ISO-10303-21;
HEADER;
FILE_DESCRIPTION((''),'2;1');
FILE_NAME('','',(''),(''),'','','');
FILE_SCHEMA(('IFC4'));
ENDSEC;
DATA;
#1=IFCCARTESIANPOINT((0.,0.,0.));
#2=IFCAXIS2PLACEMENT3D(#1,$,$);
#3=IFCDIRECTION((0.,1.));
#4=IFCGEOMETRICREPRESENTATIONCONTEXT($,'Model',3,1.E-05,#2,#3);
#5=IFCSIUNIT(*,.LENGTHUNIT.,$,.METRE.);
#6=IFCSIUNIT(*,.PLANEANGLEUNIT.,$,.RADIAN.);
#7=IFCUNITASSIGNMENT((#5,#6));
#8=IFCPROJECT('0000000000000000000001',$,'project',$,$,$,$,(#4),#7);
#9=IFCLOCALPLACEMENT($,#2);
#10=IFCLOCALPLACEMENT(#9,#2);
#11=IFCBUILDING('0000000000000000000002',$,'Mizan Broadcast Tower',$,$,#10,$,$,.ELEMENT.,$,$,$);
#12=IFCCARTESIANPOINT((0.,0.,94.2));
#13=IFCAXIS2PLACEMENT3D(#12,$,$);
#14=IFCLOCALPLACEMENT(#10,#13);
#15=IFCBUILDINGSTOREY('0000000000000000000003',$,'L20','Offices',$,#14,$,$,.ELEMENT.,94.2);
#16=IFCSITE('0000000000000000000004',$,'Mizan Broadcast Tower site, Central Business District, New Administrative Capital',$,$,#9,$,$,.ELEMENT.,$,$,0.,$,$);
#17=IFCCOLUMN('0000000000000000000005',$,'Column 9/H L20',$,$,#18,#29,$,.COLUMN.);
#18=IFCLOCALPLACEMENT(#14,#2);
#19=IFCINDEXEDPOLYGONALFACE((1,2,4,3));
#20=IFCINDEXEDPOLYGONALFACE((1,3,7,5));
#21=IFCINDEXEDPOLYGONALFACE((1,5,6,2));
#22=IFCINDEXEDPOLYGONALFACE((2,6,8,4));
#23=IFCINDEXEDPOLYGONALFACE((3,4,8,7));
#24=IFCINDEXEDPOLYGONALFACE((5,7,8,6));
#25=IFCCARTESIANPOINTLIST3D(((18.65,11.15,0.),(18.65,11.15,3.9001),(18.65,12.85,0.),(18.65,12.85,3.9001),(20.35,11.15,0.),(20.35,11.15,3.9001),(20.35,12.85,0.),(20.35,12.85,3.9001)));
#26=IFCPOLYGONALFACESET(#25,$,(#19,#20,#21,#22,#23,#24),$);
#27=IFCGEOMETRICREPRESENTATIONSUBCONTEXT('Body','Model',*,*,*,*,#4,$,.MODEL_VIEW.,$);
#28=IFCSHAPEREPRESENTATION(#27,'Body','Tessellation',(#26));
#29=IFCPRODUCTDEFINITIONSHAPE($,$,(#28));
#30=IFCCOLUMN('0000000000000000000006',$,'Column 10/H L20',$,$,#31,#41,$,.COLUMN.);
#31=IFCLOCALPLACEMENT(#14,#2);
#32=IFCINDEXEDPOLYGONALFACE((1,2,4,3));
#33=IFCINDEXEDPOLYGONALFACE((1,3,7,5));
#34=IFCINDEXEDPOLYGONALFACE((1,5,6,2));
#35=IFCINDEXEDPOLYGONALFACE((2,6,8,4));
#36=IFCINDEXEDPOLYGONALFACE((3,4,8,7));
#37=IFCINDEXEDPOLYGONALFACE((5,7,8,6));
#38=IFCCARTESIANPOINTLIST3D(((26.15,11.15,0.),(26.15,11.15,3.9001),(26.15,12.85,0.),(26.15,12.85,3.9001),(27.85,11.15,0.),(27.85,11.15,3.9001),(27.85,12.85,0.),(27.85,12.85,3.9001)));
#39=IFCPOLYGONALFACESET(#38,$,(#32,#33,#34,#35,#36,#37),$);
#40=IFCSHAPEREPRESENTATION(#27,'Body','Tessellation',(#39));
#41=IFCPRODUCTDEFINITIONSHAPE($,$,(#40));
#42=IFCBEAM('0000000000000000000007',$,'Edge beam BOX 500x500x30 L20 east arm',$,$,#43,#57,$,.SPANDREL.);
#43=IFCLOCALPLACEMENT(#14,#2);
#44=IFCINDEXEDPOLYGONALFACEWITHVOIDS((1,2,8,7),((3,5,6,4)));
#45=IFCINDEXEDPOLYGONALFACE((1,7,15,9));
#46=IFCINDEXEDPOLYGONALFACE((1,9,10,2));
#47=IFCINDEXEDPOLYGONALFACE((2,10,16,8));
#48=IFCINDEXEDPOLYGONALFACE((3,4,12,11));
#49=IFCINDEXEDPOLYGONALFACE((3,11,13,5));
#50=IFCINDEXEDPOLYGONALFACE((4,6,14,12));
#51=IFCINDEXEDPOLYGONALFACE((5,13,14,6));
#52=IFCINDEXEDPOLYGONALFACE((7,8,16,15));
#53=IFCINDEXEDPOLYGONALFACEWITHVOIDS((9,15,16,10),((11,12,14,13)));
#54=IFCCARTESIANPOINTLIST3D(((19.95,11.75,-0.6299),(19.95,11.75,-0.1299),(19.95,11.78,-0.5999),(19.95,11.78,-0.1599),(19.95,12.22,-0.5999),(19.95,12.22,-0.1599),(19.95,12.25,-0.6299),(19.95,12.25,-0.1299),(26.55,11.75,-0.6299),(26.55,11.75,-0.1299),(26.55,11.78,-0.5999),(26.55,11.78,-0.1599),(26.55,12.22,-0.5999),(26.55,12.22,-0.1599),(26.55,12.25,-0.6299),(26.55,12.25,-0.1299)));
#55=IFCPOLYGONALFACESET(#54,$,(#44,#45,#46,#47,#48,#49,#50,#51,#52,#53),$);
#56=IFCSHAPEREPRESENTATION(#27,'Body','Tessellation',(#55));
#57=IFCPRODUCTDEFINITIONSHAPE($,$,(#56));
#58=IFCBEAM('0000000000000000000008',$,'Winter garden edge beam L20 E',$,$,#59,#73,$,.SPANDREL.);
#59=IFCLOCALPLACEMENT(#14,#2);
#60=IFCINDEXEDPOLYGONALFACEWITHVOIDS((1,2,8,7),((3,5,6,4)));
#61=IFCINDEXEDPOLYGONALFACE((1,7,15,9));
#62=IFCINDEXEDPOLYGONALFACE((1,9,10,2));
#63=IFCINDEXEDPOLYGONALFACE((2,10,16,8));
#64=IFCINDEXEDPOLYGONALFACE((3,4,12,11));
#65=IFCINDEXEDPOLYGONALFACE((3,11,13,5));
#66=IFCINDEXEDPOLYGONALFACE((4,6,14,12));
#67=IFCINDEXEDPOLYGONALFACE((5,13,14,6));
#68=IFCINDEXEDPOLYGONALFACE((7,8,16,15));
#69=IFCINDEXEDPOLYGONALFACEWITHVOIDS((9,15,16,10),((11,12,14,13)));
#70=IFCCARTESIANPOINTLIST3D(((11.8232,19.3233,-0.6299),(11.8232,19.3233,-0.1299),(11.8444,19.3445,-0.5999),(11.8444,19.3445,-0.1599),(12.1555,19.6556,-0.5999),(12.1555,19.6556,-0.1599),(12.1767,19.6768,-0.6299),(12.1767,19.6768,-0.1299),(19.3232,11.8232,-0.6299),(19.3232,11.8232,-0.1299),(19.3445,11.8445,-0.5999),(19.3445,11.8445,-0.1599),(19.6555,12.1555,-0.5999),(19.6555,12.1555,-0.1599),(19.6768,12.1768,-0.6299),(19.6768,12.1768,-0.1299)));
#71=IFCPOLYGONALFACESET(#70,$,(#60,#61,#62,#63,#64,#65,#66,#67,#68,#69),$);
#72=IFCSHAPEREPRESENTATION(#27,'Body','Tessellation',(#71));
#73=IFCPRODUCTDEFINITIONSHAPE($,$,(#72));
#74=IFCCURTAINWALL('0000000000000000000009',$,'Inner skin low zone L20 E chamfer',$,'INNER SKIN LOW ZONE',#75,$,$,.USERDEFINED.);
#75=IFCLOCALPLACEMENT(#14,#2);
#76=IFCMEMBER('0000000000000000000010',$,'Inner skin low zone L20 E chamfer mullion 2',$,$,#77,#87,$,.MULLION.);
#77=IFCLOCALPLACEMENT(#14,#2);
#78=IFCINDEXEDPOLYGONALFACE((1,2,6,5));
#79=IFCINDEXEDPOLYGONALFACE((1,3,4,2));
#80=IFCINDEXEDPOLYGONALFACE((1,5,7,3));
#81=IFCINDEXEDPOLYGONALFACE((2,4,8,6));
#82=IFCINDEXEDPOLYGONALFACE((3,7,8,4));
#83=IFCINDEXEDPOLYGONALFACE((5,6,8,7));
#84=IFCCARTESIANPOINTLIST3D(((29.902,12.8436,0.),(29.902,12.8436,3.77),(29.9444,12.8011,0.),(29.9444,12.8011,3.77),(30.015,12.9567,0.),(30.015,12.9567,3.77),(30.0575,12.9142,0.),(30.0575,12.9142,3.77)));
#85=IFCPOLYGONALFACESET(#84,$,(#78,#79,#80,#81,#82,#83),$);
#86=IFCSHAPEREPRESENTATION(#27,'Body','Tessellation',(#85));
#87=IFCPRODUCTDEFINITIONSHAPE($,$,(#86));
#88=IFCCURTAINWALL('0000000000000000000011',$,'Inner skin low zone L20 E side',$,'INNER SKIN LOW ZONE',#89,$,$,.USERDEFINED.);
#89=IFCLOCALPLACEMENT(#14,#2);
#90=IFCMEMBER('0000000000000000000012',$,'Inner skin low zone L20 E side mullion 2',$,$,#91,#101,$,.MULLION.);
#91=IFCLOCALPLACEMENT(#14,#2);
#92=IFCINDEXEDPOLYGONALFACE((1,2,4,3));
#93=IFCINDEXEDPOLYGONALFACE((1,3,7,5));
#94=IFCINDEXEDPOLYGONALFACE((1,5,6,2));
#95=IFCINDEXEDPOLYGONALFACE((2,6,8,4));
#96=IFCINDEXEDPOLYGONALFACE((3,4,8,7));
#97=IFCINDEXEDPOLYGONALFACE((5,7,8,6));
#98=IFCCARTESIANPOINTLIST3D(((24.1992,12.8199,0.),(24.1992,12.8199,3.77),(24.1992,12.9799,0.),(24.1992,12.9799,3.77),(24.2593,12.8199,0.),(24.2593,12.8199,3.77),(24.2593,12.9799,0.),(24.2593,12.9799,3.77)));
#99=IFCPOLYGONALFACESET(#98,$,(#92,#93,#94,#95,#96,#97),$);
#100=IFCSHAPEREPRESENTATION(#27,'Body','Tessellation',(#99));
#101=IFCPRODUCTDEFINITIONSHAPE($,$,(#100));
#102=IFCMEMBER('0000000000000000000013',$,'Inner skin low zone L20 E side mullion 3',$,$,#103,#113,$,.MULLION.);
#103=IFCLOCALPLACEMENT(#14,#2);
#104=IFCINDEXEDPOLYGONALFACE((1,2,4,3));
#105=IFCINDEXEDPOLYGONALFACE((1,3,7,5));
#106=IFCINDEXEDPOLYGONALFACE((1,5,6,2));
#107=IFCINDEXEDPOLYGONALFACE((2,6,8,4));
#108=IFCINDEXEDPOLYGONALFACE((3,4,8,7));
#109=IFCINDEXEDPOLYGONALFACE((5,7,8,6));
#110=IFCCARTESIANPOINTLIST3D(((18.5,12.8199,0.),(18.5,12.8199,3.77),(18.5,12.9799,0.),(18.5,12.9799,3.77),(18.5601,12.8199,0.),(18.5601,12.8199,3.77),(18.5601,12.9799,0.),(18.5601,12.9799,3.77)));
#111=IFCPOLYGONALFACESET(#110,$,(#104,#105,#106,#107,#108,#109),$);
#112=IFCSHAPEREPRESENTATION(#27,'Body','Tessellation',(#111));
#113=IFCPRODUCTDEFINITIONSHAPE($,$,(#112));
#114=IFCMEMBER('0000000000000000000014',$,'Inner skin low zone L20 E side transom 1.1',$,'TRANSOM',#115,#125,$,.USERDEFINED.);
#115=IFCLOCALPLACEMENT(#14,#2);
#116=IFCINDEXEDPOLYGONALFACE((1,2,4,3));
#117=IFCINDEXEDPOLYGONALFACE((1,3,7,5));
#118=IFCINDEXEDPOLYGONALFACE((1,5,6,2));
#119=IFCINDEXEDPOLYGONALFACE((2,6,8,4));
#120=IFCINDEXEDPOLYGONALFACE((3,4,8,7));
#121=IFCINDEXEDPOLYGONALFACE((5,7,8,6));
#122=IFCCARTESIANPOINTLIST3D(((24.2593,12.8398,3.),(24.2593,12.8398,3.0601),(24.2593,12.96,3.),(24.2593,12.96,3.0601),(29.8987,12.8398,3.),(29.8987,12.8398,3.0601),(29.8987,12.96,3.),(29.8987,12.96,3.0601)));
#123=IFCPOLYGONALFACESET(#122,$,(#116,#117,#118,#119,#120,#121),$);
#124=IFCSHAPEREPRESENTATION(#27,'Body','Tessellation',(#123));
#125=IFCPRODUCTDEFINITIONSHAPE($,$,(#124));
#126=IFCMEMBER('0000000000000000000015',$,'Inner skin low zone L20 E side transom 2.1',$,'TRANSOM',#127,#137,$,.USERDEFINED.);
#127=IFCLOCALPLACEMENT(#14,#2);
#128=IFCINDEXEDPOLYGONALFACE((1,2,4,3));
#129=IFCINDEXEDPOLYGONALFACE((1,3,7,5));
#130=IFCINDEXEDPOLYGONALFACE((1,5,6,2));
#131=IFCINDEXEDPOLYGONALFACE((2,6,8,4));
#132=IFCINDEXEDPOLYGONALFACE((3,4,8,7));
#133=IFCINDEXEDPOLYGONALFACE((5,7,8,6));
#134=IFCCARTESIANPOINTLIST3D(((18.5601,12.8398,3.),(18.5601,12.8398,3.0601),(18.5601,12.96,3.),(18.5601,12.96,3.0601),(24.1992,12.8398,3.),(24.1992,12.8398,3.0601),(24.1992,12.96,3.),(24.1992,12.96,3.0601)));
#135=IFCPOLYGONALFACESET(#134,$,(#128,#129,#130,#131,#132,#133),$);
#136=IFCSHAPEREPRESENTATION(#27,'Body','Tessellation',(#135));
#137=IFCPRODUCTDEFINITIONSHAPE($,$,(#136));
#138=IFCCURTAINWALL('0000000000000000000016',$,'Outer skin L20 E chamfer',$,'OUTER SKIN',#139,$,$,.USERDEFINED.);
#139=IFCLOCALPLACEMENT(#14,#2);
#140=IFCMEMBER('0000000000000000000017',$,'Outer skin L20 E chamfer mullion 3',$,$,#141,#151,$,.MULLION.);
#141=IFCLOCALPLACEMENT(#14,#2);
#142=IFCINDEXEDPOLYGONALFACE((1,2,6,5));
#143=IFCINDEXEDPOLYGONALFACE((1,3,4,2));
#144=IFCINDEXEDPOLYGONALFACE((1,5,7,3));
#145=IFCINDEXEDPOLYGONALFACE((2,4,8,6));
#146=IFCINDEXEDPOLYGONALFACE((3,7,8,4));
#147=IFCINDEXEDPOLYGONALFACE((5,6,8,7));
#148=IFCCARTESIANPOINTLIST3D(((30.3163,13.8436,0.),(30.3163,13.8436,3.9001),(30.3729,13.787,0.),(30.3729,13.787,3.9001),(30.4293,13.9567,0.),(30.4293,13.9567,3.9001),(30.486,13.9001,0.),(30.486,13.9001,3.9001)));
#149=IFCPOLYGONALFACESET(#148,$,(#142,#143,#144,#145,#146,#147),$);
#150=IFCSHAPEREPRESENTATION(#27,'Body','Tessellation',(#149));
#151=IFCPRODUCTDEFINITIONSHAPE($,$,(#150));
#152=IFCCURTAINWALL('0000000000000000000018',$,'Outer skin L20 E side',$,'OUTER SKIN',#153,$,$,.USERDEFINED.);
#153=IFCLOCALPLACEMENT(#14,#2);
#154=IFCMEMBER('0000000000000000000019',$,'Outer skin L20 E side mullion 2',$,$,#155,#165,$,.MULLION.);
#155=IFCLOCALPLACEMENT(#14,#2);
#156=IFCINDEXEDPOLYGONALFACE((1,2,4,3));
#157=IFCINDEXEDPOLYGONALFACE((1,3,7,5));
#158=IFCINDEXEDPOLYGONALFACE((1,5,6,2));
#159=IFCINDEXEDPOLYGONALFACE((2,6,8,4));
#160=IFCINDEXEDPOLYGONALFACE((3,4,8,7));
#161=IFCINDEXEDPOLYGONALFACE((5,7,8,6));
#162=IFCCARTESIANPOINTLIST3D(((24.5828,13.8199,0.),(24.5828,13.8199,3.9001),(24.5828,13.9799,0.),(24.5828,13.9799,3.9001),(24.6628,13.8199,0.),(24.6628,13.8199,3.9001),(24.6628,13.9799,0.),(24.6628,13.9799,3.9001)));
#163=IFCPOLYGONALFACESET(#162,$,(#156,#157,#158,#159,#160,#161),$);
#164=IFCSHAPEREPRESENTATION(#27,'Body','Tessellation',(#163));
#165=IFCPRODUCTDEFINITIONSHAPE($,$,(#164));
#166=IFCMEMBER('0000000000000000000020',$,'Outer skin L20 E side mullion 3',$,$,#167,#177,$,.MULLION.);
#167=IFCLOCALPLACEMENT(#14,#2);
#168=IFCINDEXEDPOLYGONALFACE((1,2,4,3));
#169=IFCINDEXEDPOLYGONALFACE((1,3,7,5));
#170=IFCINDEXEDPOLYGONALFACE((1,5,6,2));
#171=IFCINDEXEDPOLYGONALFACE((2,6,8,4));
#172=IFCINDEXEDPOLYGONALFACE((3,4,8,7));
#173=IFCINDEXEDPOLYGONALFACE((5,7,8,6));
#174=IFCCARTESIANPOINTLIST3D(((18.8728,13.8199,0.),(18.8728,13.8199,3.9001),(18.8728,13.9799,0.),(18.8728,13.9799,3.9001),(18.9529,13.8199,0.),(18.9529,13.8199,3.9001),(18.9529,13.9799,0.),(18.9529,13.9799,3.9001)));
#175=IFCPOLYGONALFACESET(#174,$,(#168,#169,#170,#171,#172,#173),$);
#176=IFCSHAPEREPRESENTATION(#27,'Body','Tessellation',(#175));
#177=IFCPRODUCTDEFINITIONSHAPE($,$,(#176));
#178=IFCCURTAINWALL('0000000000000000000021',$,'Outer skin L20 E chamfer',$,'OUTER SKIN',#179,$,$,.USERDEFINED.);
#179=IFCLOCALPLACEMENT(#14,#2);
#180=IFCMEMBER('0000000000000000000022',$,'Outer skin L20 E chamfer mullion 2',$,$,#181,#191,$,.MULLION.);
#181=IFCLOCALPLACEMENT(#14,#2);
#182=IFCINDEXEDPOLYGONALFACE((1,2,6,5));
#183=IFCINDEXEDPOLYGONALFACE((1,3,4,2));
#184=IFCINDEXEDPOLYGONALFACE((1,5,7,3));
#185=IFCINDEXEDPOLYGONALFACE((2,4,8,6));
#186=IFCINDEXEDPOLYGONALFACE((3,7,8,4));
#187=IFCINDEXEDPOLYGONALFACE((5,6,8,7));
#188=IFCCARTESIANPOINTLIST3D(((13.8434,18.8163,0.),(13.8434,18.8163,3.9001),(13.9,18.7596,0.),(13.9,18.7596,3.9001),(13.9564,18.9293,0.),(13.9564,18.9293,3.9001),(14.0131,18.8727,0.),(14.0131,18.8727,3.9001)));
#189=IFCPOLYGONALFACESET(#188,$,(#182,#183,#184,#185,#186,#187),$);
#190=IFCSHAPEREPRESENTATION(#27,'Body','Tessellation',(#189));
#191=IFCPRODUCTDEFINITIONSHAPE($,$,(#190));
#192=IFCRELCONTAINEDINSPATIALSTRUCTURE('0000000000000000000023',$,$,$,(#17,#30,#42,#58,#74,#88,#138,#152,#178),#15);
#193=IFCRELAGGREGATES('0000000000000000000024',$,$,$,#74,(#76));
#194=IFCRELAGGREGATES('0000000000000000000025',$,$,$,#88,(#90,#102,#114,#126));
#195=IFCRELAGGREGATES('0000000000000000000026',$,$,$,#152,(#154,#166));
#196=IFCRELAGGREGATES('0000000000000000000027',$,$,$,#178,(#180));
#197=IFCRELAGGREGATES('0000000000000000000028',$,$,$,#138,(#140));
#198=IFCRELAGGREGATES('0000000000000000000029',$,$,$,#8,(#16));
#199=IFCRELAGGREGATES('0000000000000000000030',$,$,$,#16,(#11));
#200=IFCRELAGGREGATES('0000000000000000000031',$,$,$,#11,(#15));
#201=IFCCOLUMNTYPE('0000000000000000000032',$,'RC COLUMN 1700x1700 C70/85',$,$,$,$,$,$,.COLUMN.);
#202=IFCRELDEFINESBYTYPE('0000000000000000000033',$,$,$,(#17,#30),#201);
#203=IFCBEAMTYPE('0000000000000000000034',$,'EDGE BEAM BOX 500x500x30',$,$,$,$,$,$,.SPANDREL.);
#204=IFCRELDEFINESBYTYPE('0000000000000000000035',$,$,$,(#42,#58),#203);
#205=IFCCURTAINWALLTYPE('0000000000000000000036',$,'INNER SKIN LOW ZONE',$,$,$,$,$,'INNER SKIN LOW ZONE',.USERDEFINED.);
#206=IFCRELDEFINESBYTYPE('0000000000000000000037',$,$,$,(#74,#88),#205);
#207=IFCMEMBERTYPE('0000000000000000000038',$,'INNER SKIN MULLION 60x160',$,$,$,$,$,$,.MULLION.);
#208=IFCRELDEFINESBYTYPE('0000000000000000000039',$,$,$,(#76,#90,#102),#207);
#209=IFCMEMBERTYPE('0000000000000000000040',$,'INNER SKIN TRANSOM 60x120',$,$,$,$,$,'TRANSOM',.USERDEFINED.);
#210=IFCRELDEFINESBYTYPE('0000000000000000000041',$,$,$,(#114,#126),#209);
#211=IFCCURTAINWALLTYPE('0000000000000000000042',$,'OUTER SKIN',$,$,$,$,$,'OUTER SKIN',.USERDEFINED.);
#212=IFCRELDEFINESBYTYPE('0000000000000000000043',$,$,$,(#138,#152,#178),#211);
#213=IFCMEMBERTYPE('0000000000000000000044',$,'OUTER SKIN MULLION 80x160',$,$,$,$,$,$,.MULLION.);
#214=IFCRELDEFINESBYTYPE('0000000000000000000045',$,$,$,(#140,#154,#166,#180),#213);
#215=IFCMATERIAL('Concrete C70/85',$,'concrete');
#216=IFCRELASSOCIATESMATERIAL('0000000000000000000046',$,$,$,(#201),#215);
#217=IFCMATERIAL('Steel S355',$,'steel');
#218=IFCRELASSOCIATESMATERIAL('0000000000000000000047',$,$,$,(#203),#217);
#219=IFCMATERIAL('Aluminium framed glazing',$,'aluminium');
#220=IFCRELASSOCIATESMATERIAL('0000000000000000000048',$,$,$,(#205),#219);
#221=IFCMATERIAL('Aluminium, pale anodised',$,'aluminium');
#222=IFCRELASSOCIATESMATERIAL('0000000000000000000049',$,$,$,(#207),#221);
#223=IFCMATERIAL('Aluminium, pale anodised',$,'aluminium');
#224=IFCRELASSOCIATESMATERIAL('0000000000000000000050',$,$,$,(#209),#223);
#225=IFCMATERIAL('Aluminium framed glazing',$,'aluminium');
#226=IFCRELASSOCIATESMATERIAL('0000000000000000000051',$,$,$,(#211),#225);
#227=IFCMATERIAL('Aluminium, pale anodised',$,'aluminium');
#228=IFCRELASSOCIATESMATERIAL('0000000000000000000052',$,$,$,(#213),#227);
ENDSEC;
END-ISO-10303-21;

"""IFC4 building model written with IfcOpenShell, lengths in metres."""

from ifc_helpers import new_model, si_unit, direction, frame, origin, origin_2d, place, context, subcontext, project, spatial, rectangle, hollow_rectangle, extrude, material, material_profile, profile_set, type_object, element, aggregate, save


model = new_model("IFC4")

# Units and contexts
model_context = context("Model", 3, precision=1e-05, world=origin(), true_north=direction((0.0, 1.0)))
body_context = subcontext(model_context, "Body", "Model", "MODEL_VIEW")
ifc_project = project(units=[si_unit("LENGTHUNIT", "METRE"), si_unit("PLANEANGLEUNIT", "RADIAN")], contexts=[model_context])

# Site, building, storey
site_placement = place(None, origin())
site = spatial("IfcSite", under=ifc_project, at=site_placement, Name="Mizan Broadcast Tower site, Central Business District, New Administrative Capital", CompositionType="ELEMENT", RefElevation=0.0)
building_placement = place(site_placement, origin())
building = spatial("IfcBuilding", under=site, at=building_placement, Name="Mizan Broadcast Tower", CompositionType="ELEMENT")
storey_placement = place(building_placement, frame((0.0, 0.0, 94.2)))
storey = spatial("IfcBuildingStorey", under=building, at=storey_placement, Name="L20", Description="Offices", CompositionType="ELEMENT", Elevation=94.2)

# Columns
ifc_material_1 = material(Name="Concrete C70/85", Category="concrete")
ifc_material_profile_1 = material_profile(ifc_material_1, rectangle(XDim=1.7, YDim=1.7, at=origin_2d()), Name="RC 1700x1700")
ifc_profile_set_1 = profile_set([ifc_material_profile_1], Name="Concrete C70/85")
column_type = type_object("IfcColumnType", Name="RC COLUMN 1700x1700 C70/85", PredefinedType="COLUMN", material=ifc_profile_set_1)
for number, where, z_axis, x_axis, name in (
    (1, (19.5, 12.0, 0.0), (0.0, 0.0, 1.0), (1.0, 0.0, 0.0), "Column 9/H L20"),
    (2, (27.0, 12.0, 0.0), (0.0, 0.0, 1.0), (1.0, 0.0, 0.0), "Column 10/H L20"),
):
    element("IfcColumn", number, at=place(storey_placement, frame(where, z_axis=z_axis, x_axis=x_axis)), inside=storey, type_object=column_type, Name=name, PredefinedType="COLUMN", context=body_context, shape_type="SweptSolid", body=[
        extrude(rectangle(XDim=1.7, YDim=1.7, at=origin_2d()), origin(), (0.0, 0.0, 1.0), 3.9001),
    ])

# Beams
ifc_material_2 = material(Name="Steel S355", Category="steel")
ifc_material_profile_2 = material_profile(ifc_material_2, hollow_rectangle(XDim=0.5, YDim=0.5, WallThickness=0.03, at=origin_2d()), Name="BOX 500x500x30")
ifc_profile_set_2 = profile_set([ifc_material_profile_2], Name="Steel S355")
beam_type_1 = type_object("IfcBeamType", Name="EDGE BEAM BOX 500x500x30", PredefinedType="SPANDREL", material=ifc_profile_set_2)
beam_1_placement = place(storey_placement, frame((19.95, 12.0, -0.3799), z_axis=(1.0, 0.0, 0.0), x_axis=(0.0, 1.0, 0.0)))
element("IfcBeam", 3, at=beam_1_placement, inside=storey, type_object=beam_type_1, Name="Edge beam BOX 500x500x30 L20 east arm", PredefinedType="SPANDREL", context=body_context, shape_type="SweptSolid", body=[
    extrude(hollow_rectangle(XDim=0.5, YDim=0.5, WallThickness=0.03, at=origin_2d()), origin(), (0.0, 0.0, 1.0), 6.6001),
])
beam_2_placement = place(storey_placement, frame((19.5, 12.0, -0.3799), z_axis=(-0.707107, 0.707107, 0.0), x_axis=(-0.707107, -0.707107, 0.0)))
element("IfcBeam", 4, at=beam_2_placement, inside=storey, type_object=beam_type_1, Name="Winter garden edge beam L20 E", PredefinedType="SPANDREL", context=body_context, shape_type="SweptSolid", body=[
    extrude(hollow_rectangle(XDim=0.5, YDim=0.5, WallThickness=0.03, at=origin_2d()), origin(), (0.0, 0.0, 1.0), 10.6067),
])

# Curtain wall, member
ifc_material_3 = material(Name="Aluminium framed glazing", Category="aluminium")
curtain_wall_type_1 = type_object("IfcCurtainWallType", Name="INNER SKIN LOW ZONE", ElementType="INNER SKIN LOW ZONE", PredefinedType="USERDEFINED", material=ifc_material_3)
curtain_wall_1_placement = place(storey_placement, origin())
curtain_wall_1 = element("IfcCurtainWall", 5, at=curtain_wall_1_placement, inside=storey, type_object=curtain_wall_type_1, Name="Inner skin low zone L20 E chamfer", ObjectType="INNER SKIN LOW ZONE", PredefinedType="USERDEFINED")
ifc_material_4 = material(Name="Aluminium, pale anodised", Category="aluminium")
ifc_material_profile_3 = material_profile(ifc_material_4, rectangle(XDim=0.1599, YDim=0.0601, at=origin_2d()), Name="MULLION 160x60")
ifc_profile_set_3 = profile_set([ifc_material_profile_3], Name="Aluminium, pale anodised")
member_type_1 = type_object("IfcMemberType", Name="INNER SKIN MULLION 60x160", PredefinedType="MULLION", material=ifc_profile_set_3)
member_1_placement = place(storey_placement, frame((29.9797, 12.8789, 0.0), z_axis=(0.0, 0.0, 1.0), x_axis=(-0.707107, -0.707107, 0.0)))
member_1 = element("IfcMember", 6, at=member_1_placement, type_object=member_type_1, Name="Inner skin low zone L20 E chamfer mullion 2", PredefinedType="MULLION", context=body_context, shape_type="SweptSolid", body=[
    extrude(rectangle(XDim=0.1599, YDim=0.0601, at=origin_2d()), origin(), (0.0, 0.0, 1.0), 3.77),
])
aggregate(curtain_wall_1, [member_1])

# Curtain wall, members
curtain_wall_2_placement = place(storey_placement, origin())
curtain_wall_2 = element("IfcCurtainWall", 7, at=curtain_wall_2_placement, inside=storey, type_object=curtain_wall_type_1, Name="Inner skin low zone L20 E side", ObjectType="INNER SKIN LOW ZONE", PredefinedType="USERDEFINED")
member_2_placement = place(storey_placement, frame((24.2292, 12.8999, 0.0), z_axis=(0.0, 0.0, 1.0), x_axis=(0.0, -1.0, 0.0)))
member_2 = element("IfcMember", 8, at=member_2_placement, type_object=member_type_1, Name="Inner skin low zone L20 E side mullion 2", PredefinedType="MULLION", context=body_context, shape_type="SweptSolid", body=[
    extrude(rectangle(XDim=0.1599, YDim=0.0601, at=origin_2d()), origin(), (0.0, 0.0, 1.0), 3.77),
])
member_3_placement = place(storey_placement, frame((18.53, 12.8999, 0.0), z_axis=(0.0, 0.0, 1.0), x_axis=(0.0, -1.0, 0.0)))
member_3 = element("IfcMember", 9, at=member_3_placement, type_object=member_type_1, Name="Inner skin low zone L20 E side mullion 3", PredefinedType="MULLION", context=body_context, shape_type="SweptSolid", body=[
    extrude(rectangle(XDim=0.1599, YDim=0.0601, at=origin_2d()), origin(), (0.0, 0.0, 1.0), 3.77),
])
ifc_material_5 = material(Name="Aluminium, pale anodised", Category="aluminium")
ifc_material_profile_4 = material_profile(ifc_material_5, rectangle(XDim=0.1201, YDim=0.0601, at=origin_2d()), Name="TRANSOM 120x60")
ifc_profile_set_4 = profile_set([ifc_material_profile_4], Name="Aluminium, pale anodised")
member_type_2 = type_object("IfcMemberType", Name="INNER SKIN TRANSOM 60x120", ElementType="TRANSOM", PredefinedType="USERDEFINED", material=ifc_profile_set_4)
member_4_placement = place(storey_placement, frame((29.8987, 12.8999, 3.03), z_axis=(-1.0, 0.0, 0.0), x_axis=(0.0, -1.0, 0.0)))
member_4 = element("IfcMember", 10, at=member_4_placement, type_object=member_type_2, Name="Inner skin low zone L20 E side transom 1.1", ObjectType="TRANSOM", PredefinedType="USERDEFINED", context=body_context, shape_type="SweptSolid", body=[
    extrude(rectangle(XDim=0.1201, YDim=0.0601, at=origin_2d()), origin(), (0.0, 0.0, 1.0), 5.6394),
])
member_5_placement = place(storey_placement, frame((24.1992, 12.8999, 3.03), z_axis=(-1.0, 0.0, 0.0), x_axis=(0.0, -1.0, 0.0)))
member_5 = element("IfcMember", 11, at=member_5_placement, type_object=member_type_2, Name="Inner skin low zone L20 E side transom 2.1", ObjectType="TRANSOM", PredefinedType="USERDEFINED", context=body_context, shape_type="SweptSolid", body=[
    extrude(rectangle(XDim=0.1201, YDim=0.0601, at=origin_2d()), origin(), (0.0, 0.0, 1.0), 5.6392),
])

# Curtain wall, member
ifc_material_6 = material(Name="Aluminium framed glazing", Category="aluminium")
curtain_wall_type_2 = type_object("IfcCurtainWallType", Name="OUTER SKIN", ElementType="OUTER SKIN", PredefinedType="USERDEFINED", material=ifc_material_6)
curtain_wall_3_placement = place(storey_placement, origin())
curtain_wall_3 = element("IfcCurtainWall", 12, at=curtain_wall_3_placement, inside=storey, type_object=curtain_wall_type_2, Name="Outer skin L20 E chamfer", ObjectType="OUTER SKIN", PredefinedType="USERDEFINED")
ifc_material_7 = material(Name="Aluminium, pale anodised", Category="aluminium")
ifc_material_profile_5 = material_profile(ifc_material_7, rectangle(XDim=0.1599, YDim=0.0801, at=origin_2d()), Name="MULLION 160x80")
ifc_profile_set_5 = profile_set([ifc_material_profile_5], Name="Aluminium, pale anodised")
member_type_3 = type_object("IfcMemberType", Name="OUTER SKIN MULLION 80x160", PredefinedType="MULLION", material=ifc_profile_set_5)
member_6_placement = place(storey_placement, frame((30.4011, 13.8718, 0.0), z_axis=(0.0, 0.0, 1.0), x_axis=(-0.707107, -0.707107, 0.0)))
member_6 = element("IfcMember", 13, at=member_6_placement, type_object=member_type_3, Name="Outer skin L20 E chamfer mullion 3", PredefinedType="MULLION", context=body_context, shape_type="SweptSolid", body=[
    extrude(rectangle(XDim=0.1599, YDim=0.0801, at=origin_2d()), origin(), (0.0, 0.0, 1.0), 3.9001),
])

# Curtain wall, members
curtain_wall_4_placement = place(storey_placement, origin())
curtain_wall_4 = element("IfcCurtainWall", 14, at=curtain_wall_4_placement, inside=storey, type_object=curtain_wall_type_2, Name="Outer skin L20 E side", ObjectType="OUTER SKIN", PredefinedType="USERDEFINED")
member_7_placement = place(storey_placement, frame((24.6228, 13.8999, 0.0), z_axis=(0.0, 0.0, 1.0), x_axis=(0.0, -1.0, 0.0)))
member_7 = element("IfcMember", 15, at=member_7_placement, type_object=member_type_3, Name="Outer skin L20 E side mullion 2", PredefinedType="MULLION", context=body_context, shape_type="SweptSolid", body=[
    extrude(rectangle(XDim=0.1599, YDim=0.0801, at=origin_2d()), origin(), (0.0, 0.0, 1.0), 3.9001),
])
member_8_placement = place(storey_placement, frame((18.9128, 13.8999, 0.0), z_axis=(0.0, 0.0, 1.0), x_axis=(0.0, -1.0, 0.0)))
member_8 = element("IfcMember", 16, at=member_8_placement, type_object=member_type_3, Name="Outer skin L20 E side mullion 3", PredefinedType="MULLION", context=body_context, shape_type="SweptSolid", body=[
    extrude(rectangle(XDim=0.1599, YDim=0.0801, at=origin_2d()), origin(), (0.0, 0.0, 1.0), 3.9001),
])

# Curtain wall, member
curtain_wall_5_placement = place(storey_placement, origin())
curtain_wall_5 = element("IfcCurtainWall", 17, at=curtain_wall_5_placement, inside=storey, type_object=curtain_wall_type_2, Name="Outer skin L20 E chamfer", ObjectType="OUTER SKIN", PredefinedType="USERDEFINED")
member_9_placement = place(storey_placement, frame((13.9282, 18.8445, 0.0), z_axis=(0.0, 0.0, 1.0), x_axis=(-0.707107, -0.707107, 0.0)))
member_9 = element("IfcMember", 18, at=member_9_placement, type_object=member_type_3, Name="Outer skin L20 E chamfer mullion 2", PredefinedType="MULLION", context=body_context, shape_type="SweptSolid", body=[
    extrude(rectangle(XDim=0.1599, YDim=0.0801, at=origin_2d()), origin(), (0.0, 0.0, 1.0), 3.9001),
])

aggregate(curtain_wall_2, [member_2, member_3, member_4, member_5])
aggregate(curtain_wall_4, [member_7, member_8])
aggregate(curtain_wall_5, [member_9])
aggregate(curtain_wall_3, [member_6])

save(model, "model.ifc")
